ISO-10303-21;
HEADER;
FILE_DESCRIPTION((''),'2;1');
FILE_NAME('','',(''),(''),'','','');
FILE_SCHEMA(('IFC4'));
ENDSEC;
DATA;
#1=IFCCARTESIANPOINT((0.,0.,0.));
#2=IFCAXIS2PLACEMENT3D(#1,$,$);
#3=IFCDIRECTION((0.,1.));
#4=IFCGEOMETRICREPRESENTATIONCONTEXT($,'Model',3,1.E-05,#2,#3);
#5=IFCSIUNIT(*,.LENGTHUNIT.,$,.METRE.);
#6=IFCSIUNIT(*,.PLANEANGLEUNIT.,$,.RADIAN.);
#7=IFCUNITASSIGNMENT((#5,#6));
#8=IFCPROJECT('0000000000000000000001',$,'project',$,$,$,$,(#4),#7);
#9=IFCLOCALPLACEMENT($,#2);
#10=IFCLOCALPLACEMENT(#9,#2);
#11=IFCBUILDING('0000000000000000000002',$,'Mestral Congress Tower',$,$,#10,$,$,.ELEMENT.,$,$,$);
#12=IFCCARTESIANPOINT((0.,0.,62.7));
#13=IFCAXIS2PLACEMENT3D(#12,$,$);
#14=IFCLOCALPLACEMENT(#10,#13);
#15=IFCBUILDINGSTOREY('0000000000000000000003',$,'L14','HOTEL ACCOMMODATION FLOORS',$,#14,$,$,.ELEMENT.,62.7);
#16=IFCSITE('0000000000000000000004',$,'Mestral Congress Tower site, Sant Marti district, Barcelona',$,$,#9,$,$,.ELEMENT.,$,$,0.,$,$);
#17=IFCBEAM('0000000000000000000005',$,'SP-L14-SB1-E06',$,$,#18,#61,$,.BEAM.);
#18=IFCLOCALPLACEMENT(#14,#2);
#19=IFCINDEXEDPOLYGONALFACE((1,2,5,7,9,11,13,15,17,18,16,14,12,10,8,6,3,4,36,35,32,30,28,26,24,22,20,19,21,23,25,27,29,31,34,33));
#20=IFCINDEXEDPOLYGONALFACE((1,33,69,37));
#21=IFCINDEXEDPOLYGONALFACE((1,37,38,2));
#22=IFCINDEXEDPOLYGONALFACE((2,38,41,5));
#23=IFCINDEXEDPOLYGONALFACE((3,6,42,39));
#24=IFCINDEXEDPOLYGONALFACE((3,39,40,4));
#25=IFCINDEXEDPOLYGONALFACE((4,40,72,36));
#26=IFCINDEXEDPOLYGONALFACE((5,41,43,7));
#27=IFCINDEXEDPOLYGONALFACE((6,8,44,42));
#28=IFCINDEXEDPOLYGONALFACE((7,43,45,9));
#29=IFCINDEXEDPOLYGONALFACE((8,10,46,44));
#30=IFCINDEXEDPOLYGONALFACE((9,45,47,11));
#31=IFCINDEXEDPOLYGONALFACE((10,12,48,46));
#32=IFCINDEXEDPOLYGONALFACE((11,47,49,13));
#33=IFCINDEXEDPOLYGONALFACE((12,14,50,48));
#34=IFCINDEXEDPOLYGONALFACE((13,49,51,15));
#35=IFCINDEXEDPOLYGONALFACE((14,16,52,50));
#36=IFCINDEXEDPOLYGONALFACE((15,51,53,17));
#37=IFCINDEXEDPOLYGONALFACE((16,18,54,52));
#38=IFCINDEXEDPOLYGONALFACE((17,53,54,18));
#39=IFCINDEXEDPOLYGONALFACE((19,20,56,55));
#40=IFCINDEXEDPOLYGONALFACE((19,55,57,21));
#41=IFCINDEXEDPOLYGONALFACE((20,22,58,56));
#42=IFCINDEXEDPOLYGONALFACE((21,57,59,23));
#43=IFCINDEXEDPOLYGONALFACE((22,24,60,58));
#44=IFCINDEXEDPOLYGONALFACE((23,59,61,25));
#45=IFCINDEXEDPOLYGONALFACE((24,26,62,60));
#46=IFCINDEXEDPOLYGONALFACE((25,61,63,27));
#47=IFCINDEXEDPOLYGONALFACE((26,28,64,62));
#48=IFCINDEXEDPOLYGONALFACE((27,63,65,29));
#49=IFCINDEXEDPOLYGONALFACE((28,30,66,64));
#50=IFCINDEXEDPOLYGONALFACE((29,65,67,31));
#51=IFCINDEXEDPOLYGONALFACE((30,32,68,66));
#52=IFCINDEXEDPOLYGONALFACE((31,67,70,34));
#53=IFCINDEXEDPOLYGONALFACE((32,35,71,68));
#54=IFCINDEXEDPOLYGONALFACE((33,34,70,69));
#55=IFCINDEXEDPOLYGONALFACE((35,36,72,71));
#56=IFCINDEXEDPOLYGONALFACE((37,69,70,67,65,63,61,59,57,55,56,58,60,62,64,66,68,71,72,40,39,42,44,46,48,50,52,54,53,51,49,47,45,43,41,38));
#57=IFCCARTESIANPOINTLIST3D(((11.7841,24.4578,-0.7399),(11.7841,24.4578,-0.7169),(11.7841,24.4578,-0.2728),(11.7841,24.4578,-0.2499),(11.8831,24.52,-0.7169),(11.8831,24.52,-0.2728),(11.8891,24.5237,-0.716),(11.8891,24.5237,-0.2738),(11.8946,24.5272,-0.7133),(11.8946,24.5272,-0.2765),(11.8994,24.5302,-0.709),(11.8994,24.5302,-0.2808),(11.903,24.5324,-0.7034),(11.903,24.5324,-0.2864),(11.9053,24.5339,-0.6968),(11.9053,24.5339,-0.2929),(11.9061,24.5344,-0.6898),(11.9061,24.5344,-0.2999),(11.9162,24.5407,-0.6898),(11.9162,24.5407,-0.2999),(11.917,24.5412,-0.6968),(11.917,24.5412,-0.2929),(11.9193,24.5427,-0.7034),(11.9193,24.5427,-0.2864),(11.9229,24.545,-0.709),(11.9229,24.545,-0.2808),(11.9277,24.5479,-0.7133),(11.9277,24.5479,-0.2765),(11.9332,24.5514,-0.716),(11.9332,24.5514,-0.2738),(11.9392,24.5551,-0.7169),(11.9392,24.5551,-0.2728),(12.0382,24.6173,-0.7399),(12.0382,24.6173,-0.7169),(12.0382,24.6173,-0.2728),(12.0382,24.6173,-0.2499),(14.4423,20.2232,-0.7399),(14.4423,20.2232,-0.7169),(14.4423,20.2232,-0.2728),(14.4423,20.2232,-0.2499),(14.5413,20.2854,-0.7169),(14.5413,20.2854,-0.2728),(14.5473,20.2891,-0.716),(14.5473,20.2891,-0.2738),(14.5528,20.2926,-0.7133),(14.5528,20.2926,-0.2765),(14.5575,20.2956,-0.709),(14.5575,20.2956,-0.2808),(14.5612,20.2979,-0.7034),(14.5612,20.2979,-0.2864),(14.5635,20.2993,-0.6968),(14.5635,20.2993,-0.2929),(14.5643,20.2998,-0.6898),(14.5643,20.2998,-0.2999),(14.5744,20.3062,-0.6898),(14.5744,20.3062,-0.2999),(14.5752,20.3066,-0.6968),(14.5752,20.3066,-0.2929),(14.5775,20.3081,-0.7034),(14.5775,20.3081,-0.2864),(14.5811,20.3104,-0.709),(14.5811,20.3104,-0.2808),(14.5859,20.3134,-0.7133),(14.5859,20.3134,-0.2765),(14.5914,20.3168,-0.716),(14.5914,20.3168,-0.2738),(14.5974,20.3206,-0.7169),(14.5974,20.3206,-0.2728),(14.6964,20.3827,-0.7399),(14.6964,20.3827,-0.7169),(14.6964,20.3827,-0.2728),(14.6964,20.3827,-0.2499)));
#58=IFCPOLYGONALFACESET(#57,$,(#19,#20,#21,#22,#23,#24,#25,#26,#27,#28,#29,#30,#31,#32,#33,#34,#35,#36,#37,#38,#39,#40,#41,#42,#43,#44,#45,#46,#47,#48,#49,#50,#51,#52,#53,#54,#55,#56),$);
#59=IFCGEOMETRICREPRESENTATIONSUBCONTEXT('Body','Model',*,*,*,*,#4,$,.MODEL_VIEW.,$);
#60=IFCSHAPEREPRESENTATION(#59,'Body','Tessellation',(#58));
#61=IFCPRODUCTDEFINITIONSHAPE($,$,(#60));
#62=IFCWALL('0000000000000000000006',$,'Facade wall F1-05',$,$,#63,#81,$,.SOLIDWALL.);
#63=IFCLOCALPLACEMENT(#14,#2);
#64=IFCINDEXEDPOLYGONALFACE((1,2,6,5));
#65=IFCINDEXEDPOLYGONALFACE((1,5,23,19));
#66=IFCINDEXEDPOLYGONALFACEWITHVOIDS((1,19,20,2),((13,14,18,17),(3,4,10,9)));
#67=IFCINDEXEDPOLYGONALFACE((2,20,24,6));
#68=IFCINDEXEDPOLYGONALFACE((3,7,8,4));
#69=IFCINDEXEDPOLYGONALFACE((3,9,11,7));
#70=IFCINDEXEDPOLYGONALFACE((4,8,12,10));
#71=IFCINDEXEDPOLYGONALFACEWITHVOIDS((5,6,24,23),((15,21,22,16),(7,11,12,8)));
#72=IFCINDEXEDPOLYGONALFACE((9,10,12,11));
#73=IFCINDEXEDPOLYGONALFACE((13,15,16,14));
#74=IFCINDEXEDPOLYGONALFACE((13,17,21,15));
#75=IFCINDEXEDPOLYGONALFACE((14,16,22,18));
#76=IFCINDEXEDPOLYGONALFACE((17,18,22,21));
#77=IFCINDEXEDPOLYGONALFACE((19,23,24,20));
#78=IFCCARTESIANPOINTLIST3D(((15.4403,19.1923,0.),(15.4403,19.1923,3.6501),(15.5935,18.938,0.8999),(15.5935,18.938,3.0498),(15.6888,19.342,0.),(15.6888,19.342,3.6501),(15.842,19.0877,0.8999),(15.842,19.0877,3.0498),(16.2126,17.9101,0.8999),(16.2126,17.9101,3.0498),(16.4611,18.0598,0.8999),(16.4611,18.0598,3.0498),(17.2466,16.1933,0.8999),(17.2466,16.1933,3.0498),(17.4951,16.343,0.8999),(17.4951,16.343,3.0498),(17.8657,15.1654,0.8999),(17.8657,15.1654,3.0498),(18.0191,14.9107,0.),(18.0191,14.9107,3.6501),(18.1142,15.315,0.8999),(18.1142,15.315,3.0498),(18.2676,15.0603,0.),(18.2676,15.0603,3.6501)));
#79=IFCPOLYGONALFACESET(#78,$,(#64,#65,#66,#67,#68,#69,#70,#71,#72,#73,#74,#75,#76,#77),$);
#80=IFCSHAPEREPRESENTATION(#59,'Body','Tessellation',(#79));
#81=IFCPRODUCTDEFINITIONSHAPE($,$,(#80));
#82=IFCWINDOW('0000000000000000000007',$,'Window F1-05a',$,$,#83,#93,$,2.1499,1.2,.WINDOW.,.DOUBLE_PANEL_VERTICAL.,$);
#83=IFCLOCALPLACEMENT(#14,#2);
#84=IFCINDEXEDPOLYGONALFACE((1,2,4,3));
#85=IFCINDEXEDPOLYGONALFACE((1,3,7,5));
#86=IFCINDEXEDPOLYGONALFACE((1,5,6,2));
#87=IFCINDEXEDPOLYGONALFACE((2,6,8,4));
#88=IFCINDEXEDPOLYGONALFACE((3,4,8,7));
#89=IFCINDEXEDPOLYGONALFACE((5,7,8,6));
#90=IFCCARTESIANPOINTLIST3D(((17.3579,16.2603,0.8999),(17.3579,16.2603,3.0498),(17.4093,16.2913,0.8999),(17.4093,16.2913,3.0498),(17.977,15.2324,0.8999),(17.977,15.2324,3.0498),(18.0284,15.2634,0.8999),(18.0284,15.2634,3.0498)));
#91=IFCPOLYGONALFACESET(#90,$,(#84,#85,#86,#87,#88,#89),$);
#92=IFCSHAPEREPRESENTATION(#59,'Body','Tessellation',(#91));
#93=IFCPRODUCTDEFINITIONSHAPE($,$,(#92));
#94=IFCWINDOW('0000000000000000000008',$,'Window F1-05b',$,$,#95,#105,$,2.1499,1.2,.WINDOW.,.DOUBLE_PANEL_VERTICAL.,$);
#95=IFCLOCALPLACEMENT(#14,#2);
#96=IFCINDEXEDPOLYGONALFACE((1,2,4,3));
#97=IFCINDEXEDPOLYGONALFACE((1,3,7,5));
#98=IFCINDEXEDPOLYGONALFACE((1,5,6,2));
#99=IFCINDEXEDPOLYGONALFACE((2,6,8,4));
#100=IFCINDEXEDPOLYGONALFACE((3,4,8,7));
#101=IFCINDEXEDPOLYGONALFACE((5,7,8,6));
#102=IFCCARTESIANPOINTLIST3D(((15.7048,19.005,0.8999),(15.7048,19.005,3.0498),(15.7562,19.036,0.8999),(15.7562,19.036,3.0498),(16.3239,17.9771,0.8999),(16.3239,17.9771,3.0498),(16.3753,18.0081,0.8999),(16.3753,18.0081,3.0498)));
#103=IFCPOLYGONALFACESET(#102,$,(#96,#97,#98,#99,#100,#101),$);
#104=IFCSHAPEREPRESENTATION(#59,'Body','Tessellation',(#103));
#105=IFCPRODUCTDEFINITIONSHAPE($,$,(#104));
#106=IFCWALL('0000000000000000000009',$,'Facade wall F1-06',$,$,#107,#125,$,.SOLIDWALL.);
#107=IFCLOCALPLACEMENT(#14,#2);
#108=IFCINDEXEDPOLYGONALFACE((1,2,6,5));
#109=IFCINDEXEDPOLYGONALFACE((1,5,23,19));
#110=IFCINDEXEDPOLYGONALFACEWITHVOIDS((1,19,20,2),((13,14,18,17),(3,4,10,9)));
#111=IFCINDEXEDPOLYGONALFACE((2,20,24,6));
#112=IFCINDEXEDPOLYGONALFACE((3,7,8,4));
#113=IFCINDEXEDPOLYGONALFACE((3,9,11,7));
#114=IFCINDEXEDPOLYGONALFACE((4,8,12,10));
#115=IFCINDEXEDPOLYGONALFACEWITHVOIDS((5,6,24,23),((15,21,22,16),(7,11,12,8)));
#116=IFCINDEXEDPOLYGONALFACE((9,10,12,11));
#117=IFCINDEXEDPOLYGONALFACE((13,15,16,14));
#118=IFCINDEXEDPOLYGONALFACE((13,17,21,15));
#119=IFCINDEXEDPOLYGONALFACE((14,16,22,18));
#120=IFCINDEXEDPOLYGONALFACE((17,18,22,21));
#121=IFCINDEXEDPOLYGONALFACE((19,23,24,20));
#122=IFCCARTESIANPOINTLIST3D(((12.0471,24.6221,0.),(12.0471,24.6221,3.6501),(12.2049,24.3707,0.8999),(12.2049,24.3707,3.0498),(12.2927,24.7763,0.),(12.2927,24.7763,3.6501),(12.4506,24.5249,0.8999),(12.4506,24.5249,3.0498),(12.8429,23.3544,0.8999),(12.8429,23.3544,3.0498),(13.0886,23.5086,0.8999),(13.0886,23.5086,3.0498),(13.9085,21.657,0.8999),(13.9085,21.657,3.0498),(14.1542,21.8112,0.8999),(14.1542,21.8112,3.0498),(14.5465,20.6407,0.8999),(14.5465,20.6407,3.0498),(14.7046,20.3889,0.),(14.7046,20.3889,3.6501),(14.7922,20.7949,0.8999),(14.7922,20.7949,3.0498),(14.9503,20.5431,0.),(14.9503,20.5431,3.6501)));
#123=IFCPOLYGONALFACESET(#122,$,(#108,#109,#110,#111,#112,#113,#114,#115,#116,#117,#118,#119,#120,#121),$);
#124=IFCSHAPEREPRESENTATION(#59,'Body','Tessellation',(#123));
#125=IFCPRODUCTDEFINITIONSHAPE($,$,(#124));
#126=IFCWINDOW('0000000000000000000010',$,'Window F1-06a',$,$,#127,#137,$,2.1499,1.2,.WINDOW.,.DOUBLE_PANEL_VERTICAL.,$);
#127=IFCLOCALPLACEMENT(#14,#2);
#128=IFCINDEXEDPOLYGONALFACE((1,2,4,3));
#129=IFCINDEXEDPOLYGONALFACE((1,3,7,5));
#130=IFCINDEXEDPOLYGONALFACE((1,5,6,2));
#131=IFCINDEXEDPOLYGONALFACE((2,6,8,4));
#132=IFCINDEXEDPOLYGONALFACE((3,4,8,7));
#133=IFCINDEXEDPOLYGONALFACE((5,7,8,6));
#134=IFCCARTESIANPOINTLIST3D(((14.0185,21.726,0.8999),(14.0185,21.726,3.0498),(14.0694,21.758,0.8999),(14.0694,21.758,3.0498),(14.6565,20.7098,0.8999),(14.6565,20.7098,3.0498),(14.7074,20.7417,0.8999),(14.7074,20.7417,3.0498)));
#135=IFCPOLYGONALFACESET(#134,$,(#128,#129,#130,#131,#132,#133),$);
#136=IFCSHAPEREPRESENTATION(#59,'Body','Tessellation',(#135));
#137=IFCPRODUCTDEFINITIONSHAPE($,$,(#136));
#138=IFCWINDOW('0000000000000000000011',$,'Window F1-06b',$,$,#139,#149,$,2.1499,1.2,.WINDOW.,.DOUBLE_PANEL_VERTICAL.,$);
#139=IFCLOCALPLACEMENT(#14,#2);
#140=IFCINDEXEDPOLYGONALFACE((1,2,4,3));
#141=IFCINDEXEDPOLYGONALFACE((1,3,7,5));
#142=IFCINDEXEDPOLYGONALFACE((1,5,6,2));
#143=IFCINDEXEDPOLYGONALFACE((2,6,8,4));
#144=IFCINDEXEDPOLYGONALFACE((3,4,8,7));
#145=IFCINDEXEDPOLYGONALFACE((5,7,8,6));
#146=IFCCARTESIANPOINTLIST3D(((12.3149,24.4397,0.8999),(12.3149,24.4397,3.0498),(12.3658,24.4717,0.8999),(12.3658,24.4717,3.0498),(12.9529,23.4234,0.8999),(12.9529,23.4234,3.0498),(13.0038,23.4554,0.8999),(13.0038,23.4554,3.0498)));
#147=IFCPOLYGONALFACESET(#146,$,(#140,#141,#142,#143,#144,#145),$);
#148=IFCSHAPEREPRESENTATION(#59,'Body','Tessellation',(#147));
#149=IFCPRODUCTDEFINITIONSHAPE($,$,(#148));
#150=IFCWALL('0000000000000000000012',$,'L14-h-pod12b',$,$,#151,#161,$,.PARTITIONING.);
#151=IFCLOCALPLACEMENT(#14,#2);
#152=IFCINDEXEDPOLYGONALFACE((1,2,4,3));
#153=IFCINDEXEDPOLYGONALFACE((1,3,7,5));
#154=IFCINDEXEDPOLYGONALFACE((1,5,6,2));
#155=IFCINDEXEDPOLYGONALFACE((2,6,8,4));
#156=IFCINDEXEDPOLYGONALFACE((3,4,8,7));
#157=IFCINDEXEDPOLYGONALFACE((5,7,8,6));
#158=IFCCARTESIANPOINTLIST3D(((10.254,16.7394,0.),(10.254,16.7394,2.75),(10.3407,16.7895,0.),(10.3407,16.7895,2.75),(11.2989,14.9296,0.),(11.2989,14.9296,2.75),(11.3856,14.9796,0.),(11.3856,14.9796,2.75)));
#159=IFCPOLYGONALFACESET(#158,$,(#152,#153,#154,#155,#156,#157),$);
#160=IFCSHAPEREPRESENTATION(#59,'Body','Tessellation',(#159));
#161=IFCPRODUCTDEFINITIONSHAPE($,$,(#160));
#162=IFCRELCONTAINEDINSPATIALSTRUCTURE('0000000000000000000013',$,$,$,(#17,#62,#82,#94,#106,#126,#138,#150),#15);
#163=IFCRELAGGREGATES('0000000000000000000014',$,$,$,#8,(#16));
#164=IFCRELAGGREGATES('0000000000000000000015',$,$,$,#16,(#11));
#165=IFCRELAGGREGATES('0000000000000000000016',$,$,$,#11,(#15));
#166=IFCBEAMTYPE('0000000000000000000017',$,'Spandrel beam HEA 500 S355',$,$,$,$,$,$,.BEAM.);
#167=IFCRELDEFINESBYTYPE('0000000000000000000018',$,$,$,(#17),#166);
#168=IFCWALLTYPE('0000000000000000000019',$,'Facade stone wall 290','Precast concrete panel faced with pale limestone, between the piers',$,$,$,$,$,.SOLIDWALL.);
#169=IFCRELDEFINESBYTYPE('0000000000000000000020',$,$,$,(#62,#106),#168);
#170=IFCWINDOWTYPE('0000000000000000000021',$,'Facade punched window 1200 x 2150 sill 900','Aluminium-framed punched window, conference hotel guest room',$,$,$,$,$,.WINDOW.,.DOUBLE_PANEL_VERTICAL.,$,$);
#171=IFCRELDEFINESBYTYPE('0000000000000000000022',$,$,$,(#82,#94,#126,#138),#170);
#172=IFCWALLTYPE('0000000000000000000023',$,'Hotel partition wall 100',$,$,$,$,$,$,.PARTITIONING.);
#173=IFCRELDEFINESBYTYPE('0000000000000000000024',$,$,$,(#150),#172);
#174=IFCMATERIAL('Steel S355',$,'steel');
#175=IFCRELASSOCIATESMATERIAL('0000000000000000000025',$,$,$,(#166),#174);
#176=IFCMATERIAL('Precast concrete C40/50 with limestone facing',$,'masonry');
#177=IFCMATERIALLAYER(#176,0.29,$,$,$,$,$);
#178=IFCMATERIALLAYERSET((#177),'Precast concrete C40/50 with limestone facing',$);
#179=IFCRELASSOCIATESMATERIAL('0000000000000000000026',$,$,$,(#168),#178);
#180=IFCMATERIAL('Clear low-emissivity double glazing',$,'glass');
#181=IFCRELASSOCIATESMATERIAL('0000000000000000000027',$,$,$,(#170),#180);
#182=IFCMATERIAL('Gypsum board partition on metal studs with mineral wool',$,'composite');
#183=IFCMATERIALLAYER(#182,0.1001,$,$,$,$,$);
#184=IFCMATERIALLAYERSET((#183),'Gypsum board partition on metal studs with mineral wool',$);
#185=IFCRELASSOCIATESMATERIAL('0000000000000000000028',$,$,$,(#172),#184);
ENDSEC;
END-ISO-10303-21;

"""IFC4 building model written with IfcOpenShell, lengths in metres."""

from ifc_helpers import new_model, si_unit, direction, frame, frame_2d, origin, origin_2d, place, context, subcontext, project, spatial, rectangle, i_section, extrude, material, layer, layer_set, material_profile, profile_set, type_object, element, fill, save


model = new_model("IFC4")

# Units and contexts
model_context = context("Model", 3, precision=1e-05, world=origin(), true_north=direction((0.0, 1.0)))
body_context = subcontext(model_context, "Body", "Model", "MODEL_VIEW")
ifc_project = project(units=[si_unit("LENGTHUNIT", "METRE"), si_unit("PLANEANGLEUNIT", "RADIAN")], contexts=[model_context])

# Site, building, storey
site_placement = place(None, origin())
site = spatial("IfcSite", under=ifc_project, at=site_placement, Name="Mestral Congress Tower site, Sant Marti district, Barcelona", CompositionType="ELEMENT", RefElevation=0.0)
building_placement = place(site_placement, origin())
building = spatial("IfcBuilding", under=site, at=building_placement, Name="Mestral Congress Tower", CompositionType="ELEMENT")
storey_placement = place(building_placement, frame((0.0, 0.0, 62.7)))
storey = spatial("IfcBuildingStorey", under=building, at=storey_placement, Name="L14", Description="HOTEL ACCOMMODATION FLOORS", CompositionType="ELEMENT", Elevation=62.7)

# Beam
ifc_material_1 = material(Name="Steel S355", Category="steel")
ifc_material_profile_1 = material_profile(ifc_material_1, i_section(OverallWidth=0.3, OverallDepth=0.49, WebThickness=0.012, FlangeThickness=0.0229, FilletRadius=0.0271, at=origin_2d()), Name="HEA 500")
ifc_profile_set_1 = profile_set([ifc_material_profile_1], Name="Steel S355")
beam_type_1 = type_object("IfcBeamType", Name="Spandrel beam HEA 500 S355", PredefinedType="BEAM", material=ifc_profile_set_1)
for number, where, z_axis, x_axis, name in (
    (1, (14.5693, 20.303, -0.4949), (-0.531661, 0.846957, 0.0), (-0.846957, -0.531661, 0.0), "SP-L14-SB1-E06"),
):
    element("IfcBeam", number, at=place(storey_placement, frame(where, z_axis=z_axis, x_axis=x_axis)), inside=storey, type_object=beam_type_1, Name=name, PredefinedType="BEAM", context=body_context, shape_type="SweptSolid", body=[
        extrude(i_section(OverallWidth=0.3, OverallDepth=0.49, WebThickness=0.012, FlangeThickness=0.0229, FilletRadius=0.0271, at=origin_2d()), origin(), (0.0, 0.0, 1.0), 4.9998),
    ])

# Walls, openings, windows
ifc_material_2 = material(Name="Precast concrete C40/50 with limestone facing", Category="masonry")
ifc_layer_1 = layer(ifc_material_2, 0.29)
ifc_layer_set_1 = layer_set([ifc_layer_1], Name="Precast concrete C40/50 with limestone facing")
wall_type_1 = type_object("IfcWallType", Name="Facade stone wall 290", Description="Precast concrete panel faced with pale limestone, between the piers", PredefinedType="SOLIDWALL", material=ifc_layer_set_1)
wall_1_placement = place(storey_placement, frame((18.1433, 14.9856, 0.0), z_axis=(0.0, 0.0, 1.0), x_axis=(-0.515939, 0.856625, 0.0)))
wall_1 = element("IfcWall", 2, at=wall_1_placement, inside=storey, type_object=wall_type_1, Name="Facade wall F1-05", PredefinedType="SOLIDWALL", context=body_context, shape_type="SweptSolid", body=[
    extrude(rectangle(XDim=4.9983, YDim=0.29, at=frame_2d((2.499, 0.0))), origin(), (0.0, 0.0, 1.0), 3.6501),
])
opening_1_placement = place(wall_1_placement, frame((0.2971, 0.0, 0.8999)))
opening_1 = element("IfcOpeningElement", 3, at=opening_1_placement, cuts=wall_1, PredefinedType="OPENING", context=body_context, shape_type="SweptSolid", body=[
    extrude(rectangle(XDim=1.2, YDim=2.1499, at=frame_2d((0.6001, 1.075))), frame((0.0, 0.155, 0.0), z_axis=(0.0, -1.0, 0.0), x_axis=(1.0, 0.0, 0.0)), (0.0, 0.0, 1.0), 0.3101),
])
opening_2_placement = place(wall_1_placement, frame((3.5012, 0.0, 0.8999)))
opening_2 = element("IfcOpeningElement", 4, at=opening_2_placement, cuts=wall_1, PredefinedType="OPENING", context=body_context, shape_type="SweptSolid", body=[
    extrude(rectangle(XDim=1.2, YDim=2.1499, at=frame_2d((0.6001, 1.075))), frame((0.0, 0.155, 0.0), z_axis=(0.0, -1.0, 0.0), x_axis=(1.0, 0.0, 0.0)), (0.0, 0.0, 1.0), 0.3101),
])
ifc_material_3 = material(Name="Clear low-emissivity double glazing", Category="glass")
window_type = type_object("IfcWindowType", Name="Facade punched window 1200 x 2150 sill 900", Description="Aluminium-framed punched window, conference hotel guest room", PartitioningType="DOUBLE_PANEL_VERTICAL", PredefinedType="WINDOW", material=ifc_material_3)
window_1_placement = place(opening_1_placement, origin())
window_1 = element("IfcWindow", 5, at=window_1_placement, inside=storey, type_object=window_type, Name="Window F1-05a", OverallHeight=2.1499, OverallWidth=1.2, PartitioningType="DOUBLE_PANEL_VERTICAL", PredefinedType="WINDOW", context=body_context, shape_type="SweptSolid", body=[
    extrude(rectangle(XDim=1.2, YDim=2.1499, at=frame_2d((0.6001, 1.075))), frame((0.0, 0.0151, 0.0), z_axis=(0.0, -1.0, 0.0), x_axis=(1.0, 0.0, 0.0)), (0.0, 0.0, 1.0), 0.0601),
])
fill(opening_1, window_1)
window_2_placement = place(opening_2_placement, origin())
window_2 = element("IfcWindow", 6, at=window_2_placement, inside=storey, type_object=window_type, Name="Window F1-05b", OverallHeight=2.1499, OverallWidth=1.2, PartitioningType="DOUBLE_PANEL_VERTICAL", PredefinedType="WINDOW", context=body_context, shape_type="SweptSolid", body=[
    extrude(rectangle(XDim=1.2, YDim=2.1499, at=frame_2d((0.6001, 1.075))), frame((0.0, 0.0151, 0.0), z_axis=(0.0, -1.0, 0.0), x_axis=(1.0, 0.0, 0.0)), (0.0, 0.0, 1.0), 0.0601),
])
fill(opening_2, window_2)
wall_2_placement = place(storey_placement, frame((14.8274, 20.4661, 0.0), z_axis=(0.0, 0.0, 1.0), x_axis=(-0.531688, 0.84694, 0.0)))
wall_2 = element("IfcWall", 7, at=wall_2_placement, inside=storey, type_object=wall_type_1, Name="Facade wall F1-06", PredefinedType="SOLIDWALL", context=body_context, shape_type="SweptSolid", body=[
    extrude(rectangle(XDim=4.9983, YDim=0.29, at=frame_2d((2.499, 0.0))), origin(), (0.0, 0.0, 1.0), 3.6501),
])
opening_3_placement = place(wall_2_placement, frame((0.2971, 0.0, 0.8999)))
opening_3 = element("IfcOpeningElement", 8, at=opening_3_placement, cuts=wall_2, PredefinedType="OPENING", context=body_context, shape_type="SweptSolid", body=[
    extrude(rectangle(XDim=1.2, YDim=2.1499, at=frame_2d((0.6001, 1.075))), frame((0.0, 0.155, 0.0), z_axis=(0.0, -1.0, 0.0), x_axis=(1.0, 0.0, 0.0)), (0.0, 0.0, 1.0), 0.3101),
])
opening_4_placement = place(wall_2_placement, frame((3.5012, 0.0, 0.8999)))
opening_4 = element("IfcOpeningElement", 9, at=opening_4_placement, cuts=wall_2, PredefinedType="OPENING", context=body_context, shape_type="SweptSolid", body=[
    extrude(rectangle(XDim=1.2, YDim=2.1499, at=frame_2d((0.6001, 1.075))), frame((0.0, 0.155, 0.0), z_axis=(0.0, -1.0, 0.0), x_axis=(1.0, 0.0, 0.0)), (0.0, 0.0, 1.0), 0.3101),
])
window_3_placement = place(opening_3_placement, origin())
window_3 = element("IfcWindow", 10, at=window_3_placement, inside=storey, type_object=window_type, Name="Window F1-06a", OverallHeight=2.1499, OverallWidth=1.2, PartitioningType="DOUBLE_PANEL_VERTICAL", PredefinedType="WINDOW", context=body_context, shape_type="SweptSolid", body=[
    extrude(rectangle(XDim=1.2, YDim=2.1499, at=frame_2d((0.6001, 1.075))), frame((0.0, 0.0151, 0.0), z_axis=(0.0, -1.0, 0.0), x_axis=(1.0, 0.0, 0.0)), (0.0, 0.0, 1.0), 0.0601),
])
fill(opening_3, window_3)
window_4_placement = place(opening_4_placement, origin())
window_4 = element("IfcWindow", 11, at=window_4_placement, inside=storey, type_object=window_type, Name="Window F1-06b", OverallHeight=2.1499, OverallWidth=1.2, PartitioningType="DOUBLE_PANEL_VERTICAL", PredefinedType="WINDOW", context=body_context, shape_type="SweptSolid", body=[
    extrude(rectangle(XDim=1.2, YDim=2.1499, at=frame_2d((0.6001, 1.075))), frame((0.0, 0.0151, 0.0), z_axis=(0.0, -1.0, 0.0), x_axis=(1.0, 0.0, 0.0)), (0.0, 0.0, 1.0), 0.0601),
])
fill(opening_4, window_4)

# Wall
ifc_material_4 = material(Name="Gypsum board partition on metal studs with mineral wool", Category="composite")
ifc_layer_2 = layer(ifc_material_4, 0.1001)
ifc_layer_set_2 = layer_set([ifc_layer_2], Name="Gypsum board partition on metal studs with mineral wool")
wall_type_2 = type_object("IfcWallType", Name="Hotel partition wall 100", PredefinedType="PARTITIONING", material=ifc_layer_set_2)
wall_3_placement = place(storey_placement, frame((11.3423, 14.9546, 0.0), z_axis=(0.0, 0.0, 1.0), x_axis=(-0.500009, 0.86602, 0.0)))
element("IfcWall", 12, at=wall_3_placement, inside=storey, type_object=wall_type_2, Name="L14-h-pod12b", PredefinedType="PARTITIONING", context=body_context, shape_type="SweptSolid", body=[
    extrude(rectangle(XDim=2.0898, YDim=0.1001, at=frame_2d((1.0449, 0.0))), origin(), (0.0, 0.0, 1.0), 2.75),
])

save(model, "model.ifc")
